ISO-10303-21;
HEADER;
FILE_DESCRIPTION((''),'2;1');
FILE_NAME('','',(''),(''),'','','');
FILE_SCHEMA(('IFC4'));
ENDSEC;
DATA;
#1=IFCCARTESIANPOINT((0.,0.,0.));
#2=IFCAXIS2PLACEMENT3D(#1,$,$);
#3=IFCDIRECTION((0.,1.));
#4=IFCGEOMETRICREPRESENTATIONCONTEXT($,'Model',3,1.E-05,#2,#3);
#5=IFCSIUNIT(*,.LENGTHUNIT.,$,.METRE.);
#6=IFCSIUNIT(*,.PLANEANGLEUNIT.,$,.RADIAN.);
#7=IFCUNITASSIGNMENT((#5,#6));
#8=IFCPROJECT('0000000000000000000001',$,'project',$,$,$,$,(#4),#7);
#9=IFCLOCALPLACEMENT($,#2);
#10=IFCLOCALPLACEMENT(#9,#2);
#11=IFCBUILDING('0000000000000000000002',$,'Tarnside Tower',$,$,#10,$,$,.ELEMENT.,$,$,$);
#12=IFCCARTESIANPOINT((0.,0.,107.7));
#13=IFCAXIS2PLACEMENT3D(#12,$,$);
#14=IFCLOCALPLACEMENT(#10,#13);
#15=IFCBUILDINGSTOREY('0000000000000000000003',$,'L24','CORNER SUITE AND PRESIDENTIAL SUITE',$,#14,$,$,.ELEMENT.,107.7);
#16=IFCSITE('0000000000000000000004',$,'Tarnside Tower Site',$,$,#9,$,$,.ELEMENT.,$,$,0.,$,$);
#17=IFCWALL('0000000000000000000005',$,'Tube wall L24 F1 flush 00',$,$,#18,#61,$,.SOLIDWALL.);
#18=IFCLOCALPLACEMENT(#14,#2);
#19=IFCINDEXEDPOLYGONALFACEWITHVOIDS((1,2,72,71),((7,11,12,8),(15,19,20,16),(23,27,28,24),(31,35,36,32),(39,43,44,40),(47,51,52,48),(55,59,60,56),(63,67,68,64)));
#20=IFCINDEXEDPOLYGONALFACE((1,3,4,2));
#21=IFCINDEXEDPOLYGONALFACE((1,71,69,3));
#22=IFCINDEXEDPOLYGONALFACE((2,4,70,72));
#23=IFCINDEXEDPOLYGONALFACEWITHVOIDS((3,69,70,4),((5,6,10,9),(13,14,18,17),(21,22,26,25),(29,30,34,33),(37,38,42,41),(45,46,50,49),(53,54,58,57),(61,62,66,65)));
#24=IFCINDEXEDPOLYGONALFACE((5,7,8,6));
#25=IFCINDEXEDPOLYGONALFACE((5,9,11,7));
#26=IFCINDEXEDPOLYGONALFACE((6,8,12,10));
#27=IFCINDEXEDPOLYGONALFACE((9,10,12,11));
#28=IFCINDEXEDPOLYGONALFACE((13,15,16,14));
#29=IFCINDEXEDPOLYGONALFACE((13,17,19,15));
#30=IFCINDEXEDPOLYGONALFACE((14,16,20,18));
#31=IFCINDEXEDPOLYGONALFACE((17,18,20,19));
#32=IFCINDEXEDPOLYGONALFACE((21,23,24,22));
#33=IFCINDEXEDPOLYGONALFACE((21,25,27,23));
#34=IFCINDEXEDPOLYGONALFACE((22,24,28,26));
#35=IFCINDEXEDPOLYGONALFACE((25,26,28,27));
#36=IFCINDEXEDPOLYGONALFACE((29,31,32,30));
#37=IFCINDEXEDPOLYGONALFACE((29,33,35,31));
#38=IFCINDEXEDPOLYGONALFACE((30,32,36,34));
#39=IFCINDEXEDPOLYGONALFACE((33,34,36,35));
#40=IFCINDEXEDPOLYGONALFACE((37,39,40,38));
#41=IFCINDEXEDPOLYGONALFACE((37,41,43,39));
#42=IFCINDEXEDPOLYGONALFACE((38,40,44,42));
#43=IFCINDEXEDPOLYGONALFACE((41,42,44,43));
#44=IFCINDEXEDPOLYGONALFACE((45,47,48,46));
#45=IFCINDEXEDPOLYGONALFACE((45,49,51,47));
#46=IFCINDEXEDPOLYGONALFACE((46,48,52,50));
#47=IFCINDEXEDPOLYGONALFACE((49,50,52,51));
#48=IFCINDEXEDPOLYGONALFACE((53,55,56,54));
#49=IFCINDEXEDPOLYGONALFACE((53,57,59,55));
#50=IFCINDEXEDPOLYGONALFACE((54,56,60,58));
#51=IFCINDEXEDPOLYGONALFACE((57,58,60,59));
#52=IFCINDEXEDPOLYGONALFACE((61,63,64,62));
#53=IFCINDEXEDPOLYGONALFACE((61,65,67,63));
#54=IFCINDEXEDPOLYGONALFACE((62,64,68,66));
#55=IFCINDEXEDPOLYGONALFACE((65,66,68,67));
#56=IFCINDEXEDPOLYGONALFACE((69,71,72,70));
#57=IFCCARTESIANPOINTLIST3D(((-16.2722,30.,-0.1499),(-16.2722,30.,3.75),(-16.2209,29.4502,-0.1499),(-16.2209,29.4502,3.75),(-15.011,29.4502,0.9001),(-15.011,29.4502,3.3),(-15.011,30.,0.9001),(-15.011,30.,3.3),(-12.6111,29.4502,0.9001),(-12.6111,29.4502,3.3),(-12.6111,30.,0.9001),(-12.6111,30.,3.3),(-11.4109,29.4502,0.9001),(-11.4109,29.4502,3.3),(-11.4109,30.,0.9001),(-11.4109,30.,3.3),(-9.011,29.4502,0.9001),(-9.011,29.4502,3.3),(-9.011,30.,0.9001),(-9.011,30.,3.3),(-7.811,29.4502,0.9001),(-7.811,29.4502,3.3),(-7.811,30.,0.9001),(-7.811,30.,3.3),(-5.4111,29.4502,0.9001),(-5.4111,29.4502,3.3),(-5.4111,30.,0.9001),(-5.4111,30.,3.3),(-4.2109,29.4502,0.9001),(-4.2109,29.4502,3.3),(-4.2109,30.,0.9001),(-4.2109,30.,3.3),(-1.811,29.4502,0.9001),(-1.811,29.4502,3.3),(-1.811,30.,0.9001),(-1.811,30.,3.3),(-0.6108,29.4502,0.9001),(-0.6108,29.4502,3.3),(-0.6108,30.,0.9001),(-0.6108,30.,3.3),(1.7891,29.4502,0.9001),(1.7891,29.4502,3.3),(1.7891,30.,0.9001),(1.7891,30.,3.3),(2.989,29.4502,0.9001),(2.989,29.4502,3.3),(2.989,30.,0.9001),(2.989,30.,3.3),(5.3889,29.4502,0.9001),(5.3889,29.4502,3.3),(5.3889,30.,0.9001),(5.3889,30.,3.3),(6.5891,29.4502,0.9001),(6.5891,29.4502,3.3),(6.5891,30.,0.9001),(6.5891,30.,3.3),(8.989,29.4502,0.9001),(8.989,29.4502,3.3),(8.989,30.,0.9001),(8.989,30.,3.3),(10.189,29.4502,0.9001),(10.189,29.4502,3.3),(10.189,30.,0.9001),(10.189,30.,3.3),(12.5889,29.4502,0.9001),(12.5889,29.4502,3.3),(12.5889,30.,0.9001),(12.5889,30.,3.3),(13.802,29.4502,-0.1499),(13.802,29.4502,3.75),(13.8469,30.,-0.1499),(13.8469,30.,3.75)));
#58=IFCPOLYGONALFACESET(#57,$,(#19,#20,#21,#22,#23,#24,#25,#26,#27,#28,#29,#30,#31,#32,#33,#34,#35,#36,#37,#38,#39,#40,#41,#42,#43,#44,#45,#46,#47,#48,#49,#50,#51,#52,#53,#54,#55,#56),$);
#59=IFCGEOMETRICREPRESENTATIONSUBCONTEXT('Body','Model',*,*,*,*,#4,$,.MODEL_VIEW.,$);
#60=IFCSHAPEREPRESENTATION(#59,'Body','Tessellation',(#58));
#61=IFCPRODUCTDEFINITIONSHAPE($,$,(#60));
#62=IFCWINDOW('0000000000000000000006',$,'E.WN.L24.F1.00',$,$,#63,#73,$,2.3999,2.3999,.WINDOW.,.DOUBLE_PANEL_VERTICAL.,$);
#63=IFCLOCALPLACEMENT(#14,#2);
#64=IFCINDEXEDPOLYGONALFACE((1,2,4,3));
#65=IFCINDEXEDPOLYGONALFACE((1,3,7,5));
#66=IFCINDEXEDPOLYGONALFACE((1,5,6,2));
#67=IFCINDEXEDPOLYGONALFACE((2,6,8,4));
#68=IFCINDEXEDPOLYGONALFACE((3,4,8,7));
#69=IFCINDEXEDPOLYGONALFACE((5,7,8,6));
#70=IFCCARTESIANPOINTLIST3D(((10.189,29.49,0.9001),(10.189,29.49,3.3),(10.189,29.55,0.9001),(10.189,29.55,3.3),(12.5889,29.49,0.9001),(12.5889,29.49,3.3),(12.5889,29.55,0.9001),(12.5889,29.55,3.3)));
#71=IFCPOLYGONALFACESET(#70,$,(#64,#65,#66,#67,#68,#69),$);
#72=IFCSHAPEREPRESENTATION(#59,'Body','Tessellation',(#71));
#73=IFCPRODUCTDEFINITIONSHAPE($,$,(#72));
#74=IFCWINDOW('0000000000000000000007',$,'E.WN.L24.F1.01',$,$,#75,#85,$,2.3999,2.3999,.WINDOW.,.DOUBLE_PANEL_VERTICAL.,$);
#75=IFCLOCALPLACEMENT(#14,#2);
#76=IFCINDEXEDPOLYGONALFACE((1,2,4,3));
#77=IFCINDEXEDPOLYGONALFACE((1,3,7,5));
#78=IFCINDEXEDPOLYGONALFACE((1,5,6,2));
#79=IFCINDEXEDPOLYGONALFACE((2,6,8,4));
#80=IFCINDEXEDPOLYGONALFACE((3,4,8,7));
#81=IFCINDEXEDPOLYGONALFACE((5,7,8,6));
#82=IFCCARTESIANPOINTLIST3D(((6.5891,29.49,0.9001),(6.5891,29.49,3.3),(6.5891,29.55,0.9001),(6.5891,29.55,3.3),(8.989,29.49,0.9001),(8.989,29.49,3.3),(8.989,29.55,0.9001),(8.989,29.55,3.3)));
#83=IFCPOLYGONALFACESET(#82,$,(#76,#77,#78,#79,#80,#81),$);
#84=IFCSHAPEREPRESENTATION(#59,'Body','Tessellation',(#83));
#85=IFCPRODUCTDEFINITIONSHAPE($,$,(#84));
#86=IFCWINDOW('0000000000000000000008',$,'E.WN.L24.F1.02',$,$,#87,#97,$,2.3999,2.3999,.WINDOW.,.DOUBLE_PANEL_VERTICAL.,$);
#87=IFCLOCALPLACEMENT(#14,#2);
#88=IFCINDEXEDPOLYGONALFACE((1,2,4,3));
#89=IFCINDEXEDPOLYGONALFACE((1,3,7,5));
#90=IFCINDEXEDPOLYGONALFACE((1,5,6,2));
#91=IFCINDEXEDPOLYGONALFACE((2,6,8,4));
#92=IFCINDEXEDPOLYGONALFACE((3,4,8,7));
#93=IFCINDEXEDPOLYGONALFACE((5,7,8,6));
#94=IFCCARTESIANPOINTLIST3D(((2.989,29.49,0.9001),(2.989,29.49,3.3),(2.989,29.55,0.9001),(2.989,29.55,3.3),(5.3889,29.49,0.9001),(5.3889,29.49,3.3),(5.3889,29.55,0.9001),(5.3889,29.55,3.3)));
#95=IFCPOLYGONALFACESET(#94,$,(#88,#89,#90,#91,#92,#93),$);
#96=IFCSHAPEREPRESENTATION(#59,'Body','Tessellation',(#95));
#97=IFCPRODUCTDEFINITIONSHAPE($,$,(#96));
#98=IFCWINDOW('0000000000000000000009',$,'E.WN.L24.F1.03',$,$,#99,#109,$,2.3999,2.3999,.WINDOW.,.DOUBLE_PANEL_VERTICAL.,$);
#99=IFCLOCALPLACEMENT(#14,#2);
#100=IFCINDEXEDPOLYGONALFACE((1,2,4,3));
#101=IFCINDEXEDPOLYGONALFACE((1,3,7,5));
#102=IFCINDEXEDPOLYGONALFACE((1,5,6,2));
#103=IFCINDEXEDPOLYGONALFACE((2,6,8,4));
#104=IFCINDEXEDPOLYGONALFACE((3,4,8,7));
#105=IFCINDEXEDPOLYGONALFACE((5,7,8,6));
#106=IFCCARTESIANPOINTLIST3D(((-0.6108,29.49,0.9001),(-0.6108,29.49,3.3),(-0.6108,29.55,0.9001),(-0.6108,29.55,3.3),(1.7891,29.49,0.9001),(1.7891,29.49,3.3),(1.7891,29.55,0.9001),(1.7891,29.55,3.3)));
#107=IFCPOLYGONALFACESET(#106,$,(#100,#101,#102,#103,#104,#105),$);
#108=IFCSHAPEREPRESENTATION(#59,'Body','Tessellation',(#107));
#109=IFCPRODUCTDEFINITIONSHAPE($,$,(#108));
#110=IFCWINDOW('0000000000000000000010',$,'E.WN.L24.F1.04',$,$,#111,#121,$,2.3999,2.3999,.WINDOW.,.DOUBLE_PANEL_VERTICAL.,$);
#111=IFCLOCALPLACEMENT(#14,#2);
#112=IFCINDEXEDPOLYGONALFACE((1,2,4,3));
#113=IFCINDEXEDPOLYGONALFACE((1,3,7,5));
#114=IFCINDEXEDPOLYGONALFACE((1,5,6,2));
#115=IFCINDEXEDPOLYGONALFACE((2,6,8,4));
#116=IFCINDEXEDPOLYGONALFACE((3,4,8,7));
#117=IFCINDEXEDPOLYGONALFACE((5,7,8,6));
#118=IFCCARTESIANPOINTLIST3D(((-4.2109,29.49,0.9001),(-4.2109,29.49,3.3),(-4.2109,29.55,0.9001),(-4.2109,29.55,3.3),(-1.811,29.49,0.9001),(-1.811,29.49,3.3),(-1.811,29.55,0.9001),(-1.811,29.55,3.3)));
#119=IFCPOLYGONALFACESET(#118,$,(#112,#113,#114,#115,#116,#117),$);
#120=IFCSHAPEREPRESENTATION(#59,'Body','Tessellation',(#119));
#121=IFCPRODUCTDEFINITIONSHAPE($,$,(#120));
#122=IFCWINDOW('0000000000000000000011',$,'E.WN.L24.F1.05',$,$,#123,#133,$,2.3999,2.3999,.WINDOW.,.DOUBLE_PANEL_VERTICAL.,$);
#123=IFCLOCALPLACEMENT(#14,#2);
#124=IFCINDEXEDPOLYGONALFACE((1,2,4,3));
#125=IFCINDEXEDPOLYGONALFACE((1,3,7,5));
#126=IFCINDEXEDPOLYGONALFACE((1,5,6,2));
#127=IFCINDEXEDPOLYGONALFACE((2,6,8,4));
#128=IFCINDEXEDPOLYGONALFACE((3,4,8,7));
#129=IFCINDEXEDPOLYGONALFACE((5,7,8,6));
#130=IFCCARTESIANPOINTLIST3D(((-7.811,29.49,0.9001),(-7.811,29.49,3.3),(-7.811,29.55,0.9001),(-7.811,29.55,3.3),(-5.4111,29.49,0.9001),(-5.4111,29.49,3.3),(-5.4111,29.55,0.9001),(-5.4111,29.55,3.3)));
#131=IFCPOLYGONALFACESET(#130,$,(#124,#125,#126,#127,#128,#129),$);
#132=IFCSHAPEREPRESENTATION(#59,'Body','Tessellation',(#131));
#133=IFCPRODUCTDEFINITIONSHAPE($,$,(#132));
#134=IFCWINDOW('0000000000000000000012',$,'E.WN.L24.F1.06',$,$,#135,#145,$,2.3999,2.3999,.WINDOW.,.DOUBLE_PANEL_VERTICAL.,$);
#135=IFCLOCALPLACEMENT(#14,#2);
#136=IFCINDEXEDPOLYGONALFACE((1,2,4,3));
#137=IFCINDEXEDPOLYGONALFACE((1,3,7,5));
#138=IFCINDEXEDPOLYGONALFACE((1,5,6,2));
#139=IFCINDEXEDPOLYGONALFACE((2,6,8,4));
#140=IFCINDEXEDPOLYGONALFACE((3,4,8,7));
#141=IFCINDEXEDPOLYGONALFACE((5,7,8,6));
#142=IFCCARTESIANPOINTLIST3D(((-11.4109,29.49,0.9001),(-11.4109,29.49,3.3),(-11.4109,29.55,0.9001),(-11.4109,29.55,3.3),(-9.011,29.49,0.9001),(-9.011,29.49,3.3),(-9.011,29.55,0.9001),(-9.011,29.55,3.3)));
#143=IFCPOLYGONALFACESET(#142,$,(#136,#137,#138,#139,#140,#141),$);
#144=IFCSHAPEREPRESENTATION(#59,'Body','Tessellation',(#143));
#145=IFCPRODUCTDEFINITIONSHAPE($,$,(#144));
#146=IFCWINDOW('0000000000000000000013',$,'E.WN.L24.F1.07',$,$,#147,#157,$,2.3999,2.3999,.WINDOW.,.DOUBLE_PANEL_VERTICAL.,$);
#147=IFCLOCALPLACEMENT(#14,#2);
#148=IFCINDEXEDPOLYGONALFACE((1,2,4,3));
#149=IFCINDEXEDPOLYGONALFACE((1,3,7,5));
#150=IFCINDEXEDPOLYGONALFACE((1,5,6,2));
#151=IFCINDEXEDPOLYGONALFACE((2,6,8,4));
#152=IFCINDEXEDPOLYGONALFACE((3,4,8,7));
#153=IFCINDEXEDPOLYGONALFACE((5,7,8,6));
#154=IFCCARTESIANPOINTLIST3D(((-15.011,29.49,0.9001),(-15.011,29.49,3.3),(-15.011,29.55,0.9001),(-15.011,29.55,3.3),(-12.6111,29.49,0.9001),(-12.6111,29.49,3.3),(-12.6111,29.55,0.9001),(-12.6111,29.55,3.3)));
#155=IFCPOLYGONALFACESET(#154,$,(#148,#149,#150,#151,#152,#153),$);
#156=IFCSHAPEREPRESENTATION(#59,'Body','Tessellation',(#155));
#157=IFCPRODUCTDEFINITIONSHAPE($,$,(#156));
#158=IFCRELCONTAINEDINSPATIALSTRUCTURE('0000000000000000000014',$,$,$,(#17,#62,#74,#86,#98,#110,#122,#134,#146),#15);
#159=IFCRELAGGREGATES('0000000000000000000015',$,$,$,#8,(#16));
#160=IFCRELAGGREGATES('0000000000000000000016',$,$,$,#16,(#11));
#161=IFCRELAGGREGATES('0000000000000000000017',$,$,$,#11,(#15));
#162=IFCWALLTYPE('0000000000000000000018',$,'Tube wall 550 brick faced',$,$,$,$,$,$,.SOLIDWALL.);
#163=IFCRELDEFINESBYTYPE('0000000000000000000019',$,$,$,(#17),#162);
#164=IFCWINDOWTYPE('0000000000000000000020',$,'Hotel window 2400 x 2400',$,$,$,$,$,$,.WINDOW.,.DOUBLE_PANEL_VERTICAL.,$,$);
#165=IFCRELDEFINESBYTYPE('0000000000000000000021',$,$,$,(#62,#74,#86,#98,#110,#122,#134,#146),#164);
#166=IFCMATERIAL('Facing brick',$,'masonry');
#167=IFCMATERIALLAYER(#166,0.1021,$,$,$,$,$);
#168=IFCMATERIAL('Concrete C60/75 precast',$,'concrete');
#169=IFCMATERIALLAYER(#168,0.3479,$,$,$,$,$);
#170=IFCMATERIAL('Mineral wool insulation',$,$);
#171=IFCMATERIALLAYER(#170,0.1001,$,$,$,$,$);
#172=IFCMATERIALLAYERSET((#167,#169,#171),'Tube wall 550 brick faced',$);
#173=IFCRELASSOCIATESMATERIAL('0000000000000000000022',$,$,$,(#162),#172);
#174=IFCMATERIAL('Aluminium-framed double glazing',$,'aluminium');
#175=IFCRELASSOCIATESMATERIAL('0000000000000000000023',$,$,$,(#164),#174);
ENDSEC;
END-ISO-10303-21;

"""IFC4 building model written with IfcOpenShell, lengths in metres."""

from ifc_helpers import new_model, si_unit, direction, frame, frame_2d, origin, place, context, subcontext, project, spatial, polyline, rectangle, outline, extrude, material, layer, layer_set, type_object, element, fill, save


model = new_model("IFC4")

# Units and contexts
model_context = context("Model", 3, precision=1e-05, world=origin(), true_north=direction((0.0, 1.0)))
body_context = subcontext(model_context, "Body", "Model", "MODEL_VIEW")
ifc_project = project(units=[si_unit("LENGTHUNIT", "METRE"), si_unit("PLANEANGLEUNIT", "RADIAN")], contexts=[model_context])

# Site, building, storey
site_placement = place(None, origin())
site = spatial("IfcSite", under=ifc_project, at=site_placement, Name="Tarnside Tower Site", CompositionType="ELEMENT", RefElevation=0.0)
building_placement = place(site_placement, origin())
building = spatial("IfcBuilding", under=site, at=building_placement, Name="Tarnside Tower", CompositionType="ELEMENT")
storey_placement = place(building_placement, frame((0.0, 0.0, 107.7)))
storey = spatial("IfcBuildingStorey", under=building, at=storey_placement, Name="L24", Description="CORNER SUITE AND PRESIDENTIAL SUITE", CompositionType="ELEMENT", Elevation=107.7)

# Wall, openings, windows
ifc_material_1 = material(Name="Facing brick", Category="masonry")
ifc_layer_1 = layer(ifc_material_1, 0.1021)
ifc_material_2 = material(Name="Concrete C60/75 precast", Category="concrete")
ifc_layer_2 = layer(ifc_material_2, 0.3479)
ifc_material_3 = material(Name="Mineral wool insulation")
ifc_layer_3 = layer(ifc_material_3, 0.1001)
ifc_layer_set_1 = layer_set([ifc_layer_1, ifc_layer_2, ifc_layer_3], Name="Tube wall 550 brick faced")
wall_type_1 = type_object("IfcWallType", Name="Tube wall 550 brick faced", PredefinedType="SOLIDWALL", material=ifc_layer_set_1)
wall_1_placement = place(storey_placement, frame((13.8245, 29.7251, -0.1499), z_axis=(0.0, 0.0, 1.0), x_axis=(-1.0, 0.0, 0.0)))
wall_1 = element("IfcWall", 1, at=wall_1_placement, inside=storey, type_object=wall_type_1, Name="Tube wall L24 F1 flush 00", PredefinedType="SOLIDWALL", context=body_context, shape_type="SweptSolid", body=[
    extrude(outline(polyline([(-0.0225, -0.2749), (30.0967, -0.2749), (30.0454, 0.2749), (0.0225, 0.2749), (-0.0225, -0.2749)])), origin(), (0.0, 0.0, 1.0), 3.8999),
])
opening_1_placement = place(wall_1_placement, frame((1.2356, 0.0, 1.05)))
opening_1 = element("IfcOpeningElement", 2, at=opening_1_placement, cuts=wall_1, PredefinedType="OPENING", context=body_context, shape_type="SweptSolid", body=[
    extrude(rectangle(XDim=2.3999, YDim=2.3999, at=frame_2d((1.2, 1.2))), frame((0.0, 0.2852, 0.0), z_axis=(0.0, -1.0, 0.0), x_axis=(1.0, 0.0, 0.0)), (0.0, 0.0, 1.0), 0.5701),
])
opening_2_placement = place(wall_1_placement, frame((4.8354, 0.0, 1.05)))
opening_2 = element("IfcOpeningElement", 3, at=opening_2_placement, cuts=wall_1, PredefinedType="OPENING", context=body_context, shape_type="SweptSolid", body=[
    extrude(rectangle(XDim=2.3999, YDim=2.3999, at=frame_2d((1.2, 1.2))), frame((0.0, 0.2852, 0.0), z_axis=(0.0, -1.0, 0.0), x_axis=(1.0, 0.0, 0.0)), (0.0, 0.0, 1.0), 0.5701),
])
opening_3_placement = place(wall_1_placement, frame((8.4355, 0.0, 1.05)))
opening_3 = element("IfcOpeningElement", 4, at=opening_3_placement, cuts=wall_1, PredefinedType="OPENING", context=body_context, shape_type="SweptSolid", body=[
    extrude(rectangle(XDim=2.3999, YDim=2.3999, at=frame_2d((1.2, 1.2))), frame((0.0, 0.2852, 0.0), z_axis=(0.0, -1.0, 0.0), x_axis=(1.0, 0.0, 0.0)), (0.0, 0.0, 1.0), 0.5701),
])
opening_4_placement = place(wall_1_placement, frame((12.0354, 0.0, 1.05)))
opening_4 = element("IfcOpeningElement", 5, at=opening_4_placement, cuts=wall_1, PredefinedType="OPENING", context=body_context, shape_type="SweptSolid", body=[
    extrude(rectangle(XDim=2.3999, YDim=2.3999, at=frame_2d((1.2, 1.2))), frame((0.0, 0.2852, 0.0), z_axis=(0.0, -1.0, 0.0), x_axis=(1.0, 0.0, 0.0)), (0.0, 0.0, 1.0), 0.5701),
])
opening_5_placement = place(wall_1_placement, frame((15.6355, 0.0, 1.05)))
opening_5 = element("IfcOpeningElement", 6, at=opening_5_placement, cuts=wall_1, PredefinedType="OPENING", context=body_context, shape_type="SweptSolid", body=[
    extrude(rectangle(XDim=2.3999, YDim=2.3999, at=frame_2d((1.2, 1.2))), frame((0.0, 0.2852, 0.0), z_axis=(0.0, -1.0, 0.0), x_axis=(1.0, 0.0, 0.0)), (0.0, 0.0, 1.0), 0.5701),
])
opening_6_placement = place(wall_1_placement, frame((19.2356, 0.0, 1.05)))
opening_6 = element("IfcOpeningElement", 7, at=opening_6_placement, cuts=wall_1, PredefinedType="OPENING", context=body_context, shape_type="SweptSolid", body=[
    extrude(rectangle(XDim=2.3999, YDim=2.3999, at=frame_2d((1.2, 1.2))), frame((0.0, 0.2852, 0.0), z_axis=(0.0, -1.0, 0.0), x_axis=(1.0, 0.0, 0.0)), (0.0, 0.0, 1.0), 0.5701),
])
opening_7_placement = place(wall_1_placement, frame((22.8354, 0.0, 1.05)))
opening_7 = element("IfcOpeningElement", 8, at=opening_7_placement, cuts=wall_1, PredefinedType="OPENING", context=body_context, shape_type="SweptSolid", body=[
    extrude(rectangle(XDim=2.3999, YDim=2.3999, at=frame_2d((1.2, 1.2))), frame((0.0, 0.2852, 0.0), z_axis=(0.0, -1.0, 0.0), x_axis=(1.0, 0.0, 0.0)), (0.0, 0.0, 1.0), 0.5701),
])
opening_8_placement = place(wall_1_placement, frame((26.4355, 0.0, 1.05)))
opening_8 = element("IfcOpeningElement", 9, at=opening_8_placement, cuts=wall_1, PredefinedType="OPENING", context=body_context, shape_type="SweptSolid", body=[
    extrude(rectangle(XDim=2.3999, YDim=2.3999, at=frame_2d((1.2, 1.2))), frame((0.0, 0.2852, 0.0), z_axis=(0.0, -1.0, 0.0), x_axis=(1.0, 0.0, 0.0)), (0.0, 0.0, 1.0), 0.5701),
])
ifc_material_4 = material(Name="Aluminium-framed double glazing", Category="aluminium")
window_type = type_object("IfcWindowType", Name="Hotel window 2400 x 2400", PartitioningType="DOUBLE_PANEL_VERTICAL", PredefinedType="WINDOW", material=ifc_material_4)
window_1_placement = place(opening_1_placement, frame((0.0, 0.2051, 0.0)))
window_1 = element("IfcWindow", 10, at=window_1_placement, inside=storey, type_object=window_type, Name="E.WN.L24.F1.00", OverallHeight=2.3999, OverallWidth=2.3999, PartitioningType="DOUBLE_PANEL_VERTICAL", PredefinedType="WINDOW", context=body_context, shape_type="SweptSolid", body=[
    extrude(rectangle(XDim=2.3999, YDim=2.3999, at=frame_2d((1.2, 1.2))), frame((0.0, 0.03, 0.0), z_axis=(0.0, -1.0, 0.0), x_axis=(1.0, 0.0, 0.0)), (0.0, 0.0, 1.0), 0.0601),
])
fill(opening_1, window_1)
window_2_placement = place(opening_2_placement, frame((0.0, 0.2051, 0.0)))
window_2 = element("IfcWindow", 11, at=window_2_placement, inside=storey, type_object=window_type, Name="E.WN.L24.F1.01", OverallHeight=2.3999, OverallWidth=2.3999, PartitioningType="DOUBLE_PANEL_VERTICAL", PredefinedType="WINDOW", context=body_context, shape_type="SweptSolid", body=[
    extrude(rectangle(XDim=2.3999, YDim=2.3999, at=frame_2d((1.2, 1.2))), frame((0.0, 0.03, 0.0), z_axis=(0.0, -1.0, 0.0), x_axis=(1.0, 0.0, 0.0)), (0.0, 0.0, 1.0), 0.0601),
])
fill(opening_2, window_2)
window_3_placement = place(opening_3_placement, frame((0.0, 0.2051, 0.0)))
window_3 = element("IfcWindow", 12, at=window_3_placement, inside=storey, type_object=window_type, Name="E.WN.L24.F1.02", OverallHeight=2.3999, OverallWidth=2.3999, PartitioningType="DOUBLE_PANEL_VERTICAL", PredefinedType="WINDOW", context=body_context, shape_type="SweptSolid", body=[
    extrude(rectangle(XDim=2.3999, YDim=2.3999, at=frame_2d((1.2, 1.2))), frame((0.0, 0.03, 0.0), z_axis=(0.0, -1.0, 0.0), x_axis=(1.0, 0.0, 0.0)), (0.0, 0.0, 1.0), 0.0601),
])
fill(opening_3, window_3)
window_4_placement = place(opening_4_placement, frame((0.0, 0.2051, 0.0)))
window_4 = element("IfcWindow", 13, at=window_4_placement, inside=storey, type_object=window_type, Name="E.WN.L24.F1.03", OverallHeight=2.3999, OverallWidth=2.3999, PartitioningType="DOUBLE_PANEL_VERTICAL", PredefinedType="WINDOW", context=body_context, shape_type="SweptSolid", body=[
    extrude(rectangle(XDim=2.3999, YDim=2.3999, at=frame_2d((1.2, 1.2))), frame((0.0, 0.03, 0.0), z_axis=(0.0, -1.0, 0.0), x_axis=(1.0, 0.0, 0.0)), (0.0, 0.0, 1.0), 0.0601),
])
fill(opening_4, window_4)
window_5_placement = place(opening_5_placement, frame((0.0, 0.2051, 0.0)))
window_5 = element("IfcWindow", 14, at=window_5_placement, inside=storey, type_object=window_type, Name="E.WN.L24.F1.04", OverallHeight=2.3999, OverallWidth=2.3999, PartitioningType="DOUBLE_PANEL_VERTICAL", PredefinedType="WINDOW", context=body_context, shape_type="SweptSolid", body=[
    extrude(rectangle(XDim=2.3999, YDim=2.3999, at=frame_2d((1.2, 1.2))), frame((0.0, 0.03, 0.0), z_axis=(0.0, -1.0, 0.0), x_axis=(1.0, 0.0, 0.0)), (0.0, 0.0, 1.0), 0.0601),
])
fill(opening_5, window_5)
window_6_placement = place(opening_6_placement, frame((0.0, 0.2051, 0.0)))
window_6 = element("IfcWindow", 15, at=window_6_placement, inside=storey, type_object=window_type, Name="E.WN.L24.F1.05", OverallHeight=2.3999, OverallWidth=2.3999, PartitioningType="DOUBLE_PANEL_VERTICAL", PredefinedType="WINDOW", context=body_context, shape_type="SweptSolid", body=[
    extrude(rectangle(XDim=2.3999, YDim=2.3999, at=frame_2d((1.2, 1.2))), frame((0.0, 0.03, 0.0), z_axis=(0.0, -1.0, 0.0), x_axis=(1.0, 0.0, 0.0)), (0.0, 0.0, 1.0), 0.0601),
])
fill(opening_6, window_6)
window_7_placement = place(opening_7_placement, frame((0.0, 0.2051, 0.0)))
window_7 = element("IfcWindow", 16, at=window_7_placement, inside=storey, type_object=window_type, Name="E.WN.L24.F1.06", OverallHeight=2.3999, OverallWidth=2.3999, PartitioningType="DOUBLE_PANEL_VERTICAL", PredefinedType="WINDOW", context=body_context, shape_type="SweptSolid", body=[
    extrude(rectangle(XDim=2.3999, YDim=2.3999, at=frame_2d((1.2, 1.2))), frame((0.0, 0.03, 0.0), z_axis=(0.0, -1.0, 0.0), x_axis=(1.0, 0.0, 0.0)), (0.0, 0.0, 1.0), 0.0601),
])
fill(opening_7, window_7)
window_8_placement = place(opening_8_placement, frame((0.0, 0.2051, 0.0)))
window_8 = element("IfcWindow", 17, at=window_8_placement, inside=storey, type_object=window_type, Name="E.WN.L24.F1.07", OverallHeight=2.3999, OverallWidth=2.3999, PartitioningType="DOUBLE_PANEL_VERTICAL", PredefinedType="WINDOW", context=body_context, shape_type="SweptSolid", body=[
    extrude(rectangle(XDim=2.3999, YDim=2.3999, at=frame_2d((1.2, 1.2))), frame((0.0, 0.03, 0.0), z_axis=(0.0, -1.0, 0.0), x_axis=(1.0, 0.0, 0.0)), (0.0, 0.0, 1.0), 0.0601),
])
fill(opening_8, window_8)

save(model, "model.ifc")
